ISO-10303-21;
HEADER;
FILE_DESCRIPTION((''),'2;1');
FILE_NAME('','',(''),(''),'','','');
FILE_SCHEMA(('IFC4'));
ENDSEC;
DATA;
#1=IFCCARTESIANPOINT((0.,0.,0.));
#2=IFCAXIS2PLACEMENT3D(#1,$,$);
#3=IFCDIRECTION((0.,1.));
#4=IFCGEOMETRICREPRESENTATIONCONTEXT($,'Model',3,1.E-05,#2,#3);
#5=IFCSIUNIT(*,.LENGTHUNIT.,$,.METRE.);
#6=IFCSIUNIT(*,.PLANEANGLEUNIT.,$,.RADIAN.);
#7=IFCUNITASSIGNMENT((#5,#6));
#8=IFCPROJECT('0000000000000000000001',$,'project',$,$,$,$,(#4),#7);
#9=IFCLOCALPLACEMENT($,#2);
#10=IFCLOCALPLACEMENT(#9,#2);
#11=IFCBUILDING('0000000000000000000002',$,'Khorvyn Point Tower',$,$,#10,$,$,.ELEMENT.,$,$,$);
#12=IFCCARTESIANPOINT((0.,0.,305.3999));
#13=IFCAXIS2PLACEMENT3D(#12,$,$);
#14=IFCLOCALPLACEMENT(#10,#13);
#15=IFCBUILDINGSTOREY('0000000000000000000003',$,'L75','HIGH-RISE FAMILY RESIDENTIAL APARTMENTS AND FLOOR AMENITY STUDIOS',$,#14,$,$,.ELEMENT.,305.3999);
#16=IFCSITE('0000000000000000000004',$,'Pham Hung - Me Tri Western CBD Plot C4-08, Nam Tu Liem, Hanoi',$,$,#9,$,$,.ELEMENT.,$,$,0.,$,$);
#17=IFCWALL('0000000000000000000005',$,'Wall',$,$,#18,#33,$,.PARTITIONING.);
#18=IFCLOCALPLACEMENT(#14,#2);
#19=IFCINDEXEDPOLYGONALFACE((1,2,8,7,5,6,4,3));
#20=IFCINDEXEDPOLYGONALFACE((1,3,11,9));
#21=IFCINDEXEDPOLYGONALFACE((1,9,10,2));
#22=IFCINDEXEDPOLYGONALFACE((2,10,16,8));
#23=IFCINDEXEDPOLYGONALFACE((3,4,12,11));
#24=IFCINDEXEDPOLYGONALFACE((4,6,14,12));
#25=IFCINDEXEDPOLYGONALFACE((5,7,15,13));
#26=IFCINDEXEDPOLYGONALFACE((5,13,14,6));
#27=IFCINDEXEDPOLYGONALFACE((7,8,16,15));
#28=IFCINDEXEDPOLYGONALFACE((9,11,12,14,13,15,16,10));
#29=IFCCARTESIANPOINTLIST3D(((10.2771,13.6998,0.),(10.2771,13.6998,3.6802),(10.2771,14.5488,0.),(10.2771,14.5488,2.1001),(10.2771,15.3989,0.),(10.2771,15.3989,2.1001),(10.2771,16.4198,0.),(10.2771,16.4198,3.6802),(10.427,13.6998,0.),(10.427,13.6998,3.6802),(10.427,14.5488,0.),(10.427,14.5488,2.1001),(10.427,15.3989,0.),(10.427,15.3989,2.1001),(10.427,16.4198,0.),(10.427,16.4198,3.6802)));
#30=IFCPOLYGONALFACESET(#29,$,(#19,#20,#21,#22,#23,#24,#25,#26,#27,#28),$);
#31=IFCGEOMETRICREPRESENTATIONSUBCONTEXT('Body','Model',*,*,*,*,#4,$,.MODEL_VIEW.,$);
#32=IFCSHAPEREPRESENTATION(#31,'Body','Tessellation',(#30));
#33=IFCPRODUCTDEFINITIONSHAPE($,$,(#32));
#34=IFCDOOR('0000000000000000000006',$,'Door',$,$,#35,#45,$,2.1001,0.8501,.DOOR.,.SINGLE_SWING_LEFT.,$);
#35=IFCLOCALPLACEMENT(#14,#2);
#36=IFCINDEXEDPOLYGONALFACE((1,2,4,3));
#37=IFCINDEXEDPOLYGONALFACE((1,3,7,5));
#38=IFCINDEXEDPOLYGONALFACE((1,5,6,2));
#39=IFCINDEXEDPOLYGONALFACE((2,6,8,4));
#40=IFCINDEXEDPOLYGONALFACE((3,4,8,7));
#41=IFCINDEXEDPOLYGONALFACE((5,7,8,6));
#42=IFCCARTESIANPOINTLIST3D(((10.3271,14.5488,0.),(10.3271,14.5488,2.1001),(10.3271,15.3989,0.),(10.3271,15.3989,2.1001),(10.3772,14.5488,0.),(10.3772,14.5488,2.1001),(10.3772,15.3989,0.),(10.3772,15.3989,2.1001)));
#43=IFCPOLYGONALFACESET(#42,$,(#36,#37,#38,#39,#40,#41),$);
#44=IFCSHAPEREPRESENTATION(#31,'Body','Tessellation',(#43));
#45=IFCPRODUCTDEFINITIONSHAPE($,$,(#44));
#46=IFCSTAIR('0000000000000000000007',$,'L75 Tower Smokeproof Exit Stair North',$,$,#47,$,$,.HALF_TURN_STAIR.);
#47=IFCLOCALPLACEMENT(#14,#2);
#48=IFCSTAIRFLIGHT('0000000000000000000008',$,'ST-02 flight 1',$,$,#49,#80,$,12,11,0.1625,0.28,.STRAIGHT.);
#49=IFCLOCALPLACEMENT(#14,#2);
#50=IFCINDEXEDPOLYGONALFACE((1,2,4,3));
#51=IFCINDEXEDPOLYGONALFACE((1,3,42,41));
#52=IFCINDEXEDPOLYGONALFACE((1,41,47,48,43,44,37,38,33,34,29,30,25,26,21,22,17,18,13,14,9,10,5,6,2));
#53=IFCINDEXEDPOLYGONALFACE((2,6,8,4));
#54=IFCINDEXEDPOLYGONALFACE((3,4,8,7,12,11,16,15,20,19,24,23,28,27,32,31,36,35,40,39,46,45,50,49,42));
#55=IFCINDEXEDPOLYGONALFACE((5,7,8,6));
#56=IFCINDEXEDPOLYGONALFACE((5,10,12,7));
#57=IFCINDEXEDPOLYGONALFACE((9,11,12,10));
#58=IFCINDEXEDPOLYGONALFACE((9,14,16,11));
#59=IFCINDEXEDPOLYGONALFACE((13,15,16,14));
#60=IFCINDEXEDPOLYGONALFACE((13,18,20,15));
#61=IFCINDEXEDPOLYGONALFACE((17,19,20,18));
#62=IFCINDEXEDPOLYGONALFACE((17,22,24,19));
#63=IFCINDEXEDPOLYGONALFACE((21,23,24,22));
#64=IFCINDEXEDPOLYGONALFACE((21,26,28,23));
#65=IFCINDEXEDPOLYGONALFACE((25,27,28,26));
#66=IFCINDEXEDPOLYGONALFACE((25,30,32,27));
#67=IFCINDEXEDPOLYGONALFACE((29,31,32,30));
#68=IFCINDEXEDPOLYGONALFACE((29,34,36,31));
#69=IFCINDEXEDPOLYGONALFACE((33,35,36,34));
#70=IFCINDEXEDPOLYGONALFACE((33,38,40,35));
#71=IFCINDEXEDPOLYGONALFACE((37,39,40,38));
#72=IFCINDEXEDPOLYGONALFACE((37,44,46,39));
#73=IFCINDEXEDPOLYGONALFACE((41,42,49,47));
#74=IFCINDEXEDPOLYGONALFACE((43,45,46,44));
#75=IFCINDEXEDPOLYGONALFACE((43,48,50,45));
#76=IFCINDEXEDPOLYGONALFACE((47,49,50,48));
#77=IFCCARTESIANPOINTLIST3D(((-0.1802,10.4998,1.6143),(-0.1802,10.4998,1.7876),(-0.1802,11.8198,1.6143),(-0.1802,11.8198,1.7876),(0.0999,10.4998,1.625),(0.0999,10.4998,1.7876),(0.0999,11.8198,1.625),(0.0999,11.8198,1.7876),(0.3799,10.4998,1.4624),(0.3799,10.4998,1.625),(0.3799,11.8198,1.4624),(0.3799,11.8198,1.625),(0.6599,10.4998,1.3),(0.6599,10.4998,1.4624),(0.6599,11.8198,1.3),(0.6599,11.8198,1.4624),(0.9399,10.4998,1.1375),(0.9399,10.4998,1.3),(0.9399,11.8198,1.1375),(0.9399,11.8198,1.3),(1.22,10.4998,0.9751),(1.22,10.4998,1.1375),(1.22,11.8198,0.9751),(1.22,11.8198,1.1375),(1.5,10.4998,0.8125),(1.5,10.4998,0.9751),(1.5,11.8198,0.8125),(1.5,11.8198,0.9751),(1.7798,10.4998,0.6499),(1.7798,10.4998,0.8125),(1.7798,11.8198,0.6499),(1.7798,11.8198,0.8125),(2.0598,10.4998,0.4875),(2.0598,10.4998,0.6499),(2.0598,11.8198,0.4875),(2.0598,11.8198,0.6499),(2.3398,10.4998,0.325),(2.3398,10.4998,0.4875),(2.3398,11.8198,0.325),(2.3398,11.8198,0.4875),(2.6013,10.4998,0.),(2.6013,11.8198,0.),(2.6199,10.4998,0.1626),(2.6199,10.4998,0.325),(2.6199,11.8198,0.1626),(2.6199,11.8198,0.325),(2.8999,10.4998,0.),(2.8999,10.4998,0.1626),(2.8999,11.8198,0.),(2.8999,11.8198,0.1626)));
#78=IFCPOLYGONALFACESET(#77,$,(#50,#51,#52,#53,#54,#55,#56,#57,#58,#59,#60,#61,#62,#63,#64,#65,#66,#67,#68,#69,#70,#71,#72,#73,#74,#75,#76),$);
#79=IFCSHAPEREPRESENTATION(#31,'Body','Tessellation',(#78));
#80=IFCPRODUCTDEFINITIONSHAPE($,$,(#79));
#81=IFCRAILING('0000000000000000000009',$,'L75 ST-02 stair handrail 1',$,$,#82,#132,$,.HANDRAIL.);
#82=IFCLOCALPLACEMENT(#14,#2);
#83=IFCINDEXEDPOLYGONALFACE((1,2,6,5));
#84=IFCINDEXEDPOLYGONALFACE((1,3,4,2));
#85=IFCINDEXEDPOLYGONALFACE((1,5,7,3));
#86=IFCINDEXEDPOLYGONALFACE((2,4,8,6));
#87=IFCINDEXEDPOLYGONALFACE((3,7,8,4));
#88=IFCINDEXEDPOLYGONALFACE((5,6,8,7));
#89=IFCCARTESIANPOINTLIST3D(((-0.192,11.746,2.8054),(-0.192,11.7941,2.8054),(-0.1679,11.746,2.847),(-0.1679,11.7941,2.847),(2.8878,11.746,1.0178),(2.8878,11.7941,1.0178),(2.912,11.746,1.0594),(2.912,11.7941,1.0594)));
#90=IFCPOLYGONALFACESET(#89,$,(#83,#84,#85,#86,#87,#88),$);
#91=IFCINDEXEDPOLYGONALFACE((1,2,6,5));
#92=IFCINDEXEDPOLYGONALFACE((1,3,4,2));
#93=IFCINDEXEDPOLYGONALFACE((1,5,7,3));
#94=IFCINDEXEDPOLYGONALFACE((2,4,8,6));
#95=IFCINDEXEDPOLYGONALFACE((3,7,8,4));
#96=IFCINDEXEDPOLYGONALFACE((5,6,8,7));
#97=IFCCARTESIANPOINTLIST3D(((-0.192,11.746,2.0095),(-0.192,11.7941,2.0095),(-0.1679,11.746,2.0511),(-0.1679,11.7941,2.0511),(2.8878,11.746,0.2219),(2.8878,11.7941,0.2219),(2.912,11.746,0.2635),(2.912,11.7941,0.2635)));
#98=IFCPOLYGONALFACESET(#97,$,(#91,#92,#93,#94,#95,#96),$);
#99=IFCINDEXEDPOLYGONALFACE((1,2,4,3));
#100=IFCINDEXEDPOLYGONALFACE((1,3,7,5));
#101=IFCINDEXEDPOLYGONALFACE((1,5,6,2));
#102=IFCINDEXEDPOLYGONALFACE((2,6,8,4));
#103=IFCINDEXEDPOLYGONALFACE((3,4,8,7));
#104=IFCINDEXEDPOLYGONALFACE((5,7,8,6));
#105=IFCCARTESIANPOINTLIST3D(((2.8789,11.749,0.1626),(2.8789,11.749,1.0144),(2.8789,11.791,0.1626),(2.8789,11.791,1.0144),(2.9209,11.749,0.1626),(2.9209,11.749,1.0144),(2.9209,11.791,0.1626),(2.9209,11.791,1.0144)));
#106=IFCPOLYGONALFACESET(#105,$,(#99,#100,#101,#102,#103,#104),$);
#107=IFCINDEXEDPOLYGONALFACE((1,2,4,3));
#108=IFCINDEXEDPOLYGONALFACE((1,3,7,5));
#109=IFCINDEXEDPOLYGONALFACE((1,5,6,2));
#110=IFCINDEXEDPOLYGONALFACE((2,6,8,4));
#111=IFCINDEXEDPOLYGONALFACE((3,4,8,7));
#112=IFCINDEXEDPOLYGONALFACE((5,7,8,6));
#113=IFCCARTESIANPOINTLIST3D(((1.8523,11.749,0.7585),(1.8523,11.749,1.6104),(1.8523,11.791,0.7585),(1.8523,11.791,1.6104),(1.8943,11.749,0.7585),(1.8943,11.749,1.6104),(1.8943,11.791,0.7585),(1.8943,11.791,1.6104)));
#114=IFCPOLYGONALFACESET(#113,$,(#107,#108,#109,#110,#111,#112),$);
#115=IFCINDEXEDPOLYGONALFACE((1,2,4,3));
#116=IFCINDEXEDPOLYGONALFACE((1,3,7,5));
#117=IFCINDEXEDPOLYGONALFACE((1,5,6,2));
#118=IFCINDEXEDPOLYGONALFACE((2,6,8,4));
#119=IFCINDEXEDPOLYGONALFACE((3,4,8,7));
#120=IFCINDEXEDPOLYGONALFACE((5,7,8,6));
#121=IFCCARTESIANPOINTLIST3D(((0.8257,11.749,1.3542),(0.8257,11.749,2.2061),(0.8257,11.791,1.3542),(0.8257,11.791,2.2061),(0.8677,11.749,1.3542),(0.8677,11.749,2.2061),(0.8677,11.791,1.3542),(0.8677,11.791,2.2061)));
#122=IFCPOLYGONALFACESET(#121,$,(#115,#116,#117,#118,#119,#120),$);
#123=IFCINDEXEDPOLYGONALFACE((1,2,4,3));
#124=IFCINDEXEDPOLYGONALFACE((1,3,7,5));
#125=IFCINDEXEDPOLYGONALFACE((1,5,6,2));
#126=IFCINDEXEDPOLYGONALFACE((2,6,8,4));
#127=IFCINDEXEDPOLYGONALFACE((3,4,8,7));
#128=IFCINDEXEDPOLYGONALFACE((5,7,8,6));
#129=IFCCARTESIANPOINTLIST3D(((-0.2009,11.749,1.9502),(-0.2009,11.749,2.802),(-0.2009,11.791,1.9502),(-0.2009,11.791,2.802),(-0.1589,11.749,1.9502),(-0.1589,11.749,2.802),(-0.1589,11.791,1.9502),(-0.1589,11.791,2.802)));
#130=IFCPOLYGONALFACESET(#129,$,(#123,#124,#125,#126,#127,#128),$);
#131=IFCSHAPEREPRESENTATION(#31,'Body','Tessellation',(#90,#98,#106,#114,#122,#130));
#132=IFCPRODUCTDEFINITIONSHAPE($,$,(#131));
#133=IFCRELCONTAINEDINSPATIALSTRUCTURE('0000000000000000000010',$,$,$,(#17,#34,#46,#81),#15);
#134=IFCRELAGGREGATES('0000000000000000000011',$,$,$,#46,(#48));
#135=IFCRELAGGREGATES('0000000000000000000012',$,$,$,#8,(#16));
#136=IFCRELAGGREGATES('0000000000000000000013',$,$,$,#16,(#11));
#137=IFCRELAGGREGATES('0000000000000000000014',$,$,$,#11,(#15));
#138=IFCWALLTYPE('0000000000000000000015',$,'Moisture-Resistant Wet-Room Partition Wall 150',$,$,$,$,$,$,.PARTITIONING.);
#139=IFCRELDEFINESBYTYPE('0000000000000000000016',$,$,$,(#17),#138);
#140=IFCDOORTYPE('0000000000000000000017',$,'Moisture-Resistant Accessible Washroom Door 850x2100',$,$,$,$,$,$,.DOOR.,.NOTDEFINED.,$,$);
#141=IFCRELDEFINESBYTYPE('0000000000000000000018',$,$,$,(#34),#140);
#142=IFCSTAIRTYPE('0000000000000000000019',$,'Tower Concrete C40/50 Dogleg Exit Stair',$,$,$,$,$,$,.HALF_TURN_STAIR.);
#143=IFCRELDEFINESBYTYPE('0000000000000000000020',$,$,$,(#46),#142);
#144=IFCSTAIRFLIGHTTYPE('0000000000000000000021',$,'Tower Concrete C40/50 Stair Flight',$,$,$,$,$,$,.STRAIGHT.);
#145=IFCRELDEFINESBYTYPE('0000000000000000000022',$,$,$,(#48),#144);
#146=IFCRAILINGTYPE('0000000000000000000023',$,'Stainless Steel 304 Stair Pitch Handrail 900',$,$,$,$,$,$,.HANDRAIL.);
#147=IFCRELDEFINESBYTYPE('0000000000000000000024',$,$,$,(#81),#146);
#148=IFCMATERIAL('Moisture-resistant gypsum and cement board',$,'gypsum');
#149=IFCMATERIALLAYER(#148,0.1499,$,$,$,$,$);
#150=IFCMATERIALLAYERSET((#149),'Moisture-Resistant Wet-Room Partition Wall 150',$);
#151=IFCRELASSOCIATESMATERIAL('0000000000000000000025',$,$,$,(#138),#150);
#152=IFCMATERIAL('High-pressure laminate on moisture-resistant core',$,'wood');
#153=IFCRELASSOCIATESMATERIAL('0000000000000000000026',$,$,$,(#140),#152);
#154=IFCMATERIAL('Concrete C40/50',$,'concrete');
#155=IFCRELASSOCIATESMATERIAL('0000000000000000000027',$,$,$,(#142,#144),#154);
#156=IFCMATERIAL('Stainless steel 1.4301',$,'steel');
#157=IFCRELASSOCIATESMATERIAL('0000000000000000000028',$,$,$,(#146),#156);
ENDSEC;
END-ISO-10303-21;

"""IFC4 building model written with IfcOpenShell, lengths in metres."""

from ifc_helpers import new_model, si_unit, direction, frame, frame_2d, origin, origin_2d, place, context, subcontext, project, spatial, polyline, rectangle, outline, extrude, material, layer, layer_set, type_object, element, fill, aggregate, save


model = new_model("IFC4")

# Units and contexts
model_context = context("Model", 3, precision=1e-05, world=origin(), true_north=direction((0.0, 1.0)))
body_context = subcontext(model_context, "Body", "Model", "MODEL_VIEW")
ifc_project = project(units=[si_unit("LENGTHUNIT", "METRE"), si_unit("PLANEANGLEUNIT", "RADIAN")], contexts=[model_context])

# Site, building, storey
site_placement = place(None, origin())
site = spatial("IfcSite", under=ifc_project, at=site_placement, Name="Pham Hung - Me Tri Western CBD Plot C4-08, Nam Tu Liem, Hanoi", CompositionType="ELEMENT", RefElevation=0.0)
building_placement = place(site_placement, origin())
building = spatial("IfcBuilding", under=site, at=building_placement, Name="Khorvyn Point Tower", CompositionType="ELEMENT")
storey_placement = place(building_placement, frame((0.0, 0.0, 305.3999)))
storey = spatial("IfcBuildingStorey", under=building, at=storey_placement, Name="L75", Description="HIGH-RISE FAMILY RESIDENTIAL APARTMENTS AND FLOOR AMENITY STUDIOS", CompositionType="ELEMENT", Elevation=305.3999)

# Shared definitions
ifc_material_1 = material(Name="Concrete C40/50", Category="concrete")

# Wall, opening, door
ifc_material_2 = material(Name="Moisture-resistant gypsum and cement board", Category="gypsum")
ifc_layer_1 = layer(ifc_material_2, 0.1499)
ifc_layer_set_1 = layer_set([ifc_layer_1], Name="Moisture-Resistant Wet-Room Partition Wall 150")
wall_type_1 = type_object("IfcWallType", Name="Moisture-Resistant Wet-Room Partition Wall 150", PredefinedType="PARTITIONING", material=ifc_layer_set_1)
ifc_material_3 = material(Name="High-pressure laminate on moisture-resistant core", Category="wood")
door_type_1 = type_object("IfcDoorType", Name="Moisture-Resistant Accessible Washroom Door 850x2100", OperationType="NOTDEFINED", PredefinedType="DOOR", material=ifc_material_3)
wall_1_placement = place(storey_placement, frame((10.3521, 13.7, 0.0), z_axis=(0.0, 0.0, 1.0), x_axis=(0.0, 1.0, 0.0)))
wall_1 = element("IfcWall", 1, at=wall_1_placement, inside=storey, type_object=wall_type_1, Name="Wall", PredefinedType="PARTITIONING", context=body_context, shape_type="SweptSolid", body=[
    extrude(rectangle(XDim=2.72, YDim=0.1499, at=frame_2d((1.3599, 0.0))), origin(), (0.0, 0.0, 1.0), 3.6802),
])
opening_1_placement = place(wall_1_placement, frame((0.8489, 0.0, 0.0)))
opening_1 = element("IfcOpeningElement", 2, at=opening_1_placement, cuts=wall_1, PredefinedType="OPENING", context=body_context, shape_type="SweptSolid", body=[
    extrude(rectangle(XDim=0.8501, YDim=2.1001, at=frame_2d((0.425, 1.05))), frame((0.0, 0.085, 0.0), z_axis=(0.0, -1.0, 0.0), x_axis=(1.0, 0.0, 0.0)), (0.0, 0.0, 1.0), 0.1699),
])
door_1_placement = place(opening_1_placement, origin())
door_1 = element("IfcDoor", 3, at=door_1_placement, inside=storey, type_object=door_type_1, Name="Door", OperationType="SINGLE_SWING_LEFT", OverallHeight=2.1001, OverallWidth=0.8501, PredefinedType="DOOR", context=body_context, shape_type="SweptSolid", body=[
    extrude(rectangle(XDim=0.8501, YDim=2.1001, at=frame_2d((0.425, 1.05))), frame((0.0, 0.0249, 0.0), z_axis=(0.0, -1.0, 0.0), x_axis=(1.0, 0.0, 0.0)), (0.0, 0.0, 1.0), 0.05),
])
fill(opening_1, door_1)

# Stair, stair flight
stair_type = type_object("IfcStairType", Name="Tower Concrete C40/50 Dogleg Exit Stair", PredefinedType="HALF_TURN_STAIR", material=ifc_material_1)
stair_placement = place(storey_placement, origin())
stair = element("IfcStair", 4, at=stair_placement, inside=storey, type_object=stair_type, Name="L75 Tower Smokeproof Exit Stair North", PredefinedType="HALF_TURN_STAIR")
stair_flight_type = type_object("IfcStairFlightType", Name="Tower Concrete C40/50 Stair Flight", PredefinedType="STRAIGHT", material=ifc_material_1)
stair_flight_placement = place(storey_placement, frame((2.8999, 11.1599, 0.0), z_axis=(0.0, 0.0, 1.0), x_axis=(-1.0, 0.0, 0.0)))
stair_flight = element("IfcStairFlight", 5, at=stair_flight_placement, type_object=stair_flight_type, Name="ST-02 flight 1", NumberOfRisers=12, NumberOfTreads=11, PredefinedType="STRAIGHT", RiserHeight=0.1625, TreadLength=0.28, context=body_context, shape_type="SweptSolid", body=[
    extrude(outline(polyline([(0.0, 0.0), (0.0, 0.1626), (0.28, 0.1626), (0.28, 0.325), (0.5601, 0.325), (0.5601, 0.4875), (0.8401, 0.4875), (0.8401, 0.6499), (1.1201, 0.6499), (1.1201, 0.8125), (1.3999, 0.8125), (1.3999, 0.9751), (1.6799, 0.9751), (1.6799, 1.1375), (1.96, 1.1375), (1.96, 1.3), (2.24, 1.3), (2.24, 1.4624), (2.52, 1.4624), (2.52, 1.625), (2.8, 1.625), (2.8, 1.7876), (3.0801, 1.7876), (3.0801, 1.95), (3.0801, 1.6143), (0.2986, 0.0), (0.0, 0.0)])), frame((0.0, 0.6602, 0.0), z_axis=(0.0, -1.0, 0.0), x_axis=(1.0, 0.0, 0.0)), (0.0, 0.0, 1.0), 1.3201),
])
aggregate(stair, [stair_flight])

# Railing
ifc_material_4 = material(Name="Stainless steel 1.4301", Category="steel")
railing_type = type_object("IfcRailingType", Name="Stainless Steel 304 Stair Pitch Handrail 900", PredefinedType="HANDRAIL", material=ifc_material_4)
railing_placement = place(storey_placement, frame((2.8999, 11.77, 0.1626)))
element("IfcRailing", 6, at=railing_placement, inside=storey, type_object=railing_type, Name="L75 ST-02 stair handrail 1", PredefinedType="HANDRAIL", context=body_context, shape_type="SweptSolid", body=[
    extrude(rectangle(XDim=0.0481, YDim=0.0481, at=origin_2d()), frame((0.0, 0.0, 0.876), z_axis=(-0.864873, 0.0, 0.50199), x_axis=(0.0, -1.0, 0.0)), (0.0, 0.0, 1.0), 3.561),
    extrude(rectangle(XDim=0.0481, YDim=0.0481, at=origin_2d()), frame((0.0, 0.0, 0.0801), z_axis=(-0.864873, 0.0, 0.50199), x_axis=(0.0, -1.0, 0.0)), (0.0, 0.0, 1.0), 3.561),
    extrude(rectangle(XDim=0.042, YDim=0.042, at=origin_2d()), origin(), (0.0, 0.0, 1.0), 0.8518),
    extrude(rectangle(XDim=0.042, YDim=0.042, at=origin_2d()), frame((-1.0266, 0.0, 0.5959)), (0.0, 0.0, 1.0), 0.8518),
    extrude(rectangle(XDim=0.042, YDim=0.042, at=origin_2d()), frame((-2.0532, 0.0, 1.1917)), (0.0, 0.0, 1.0), 0.8518),
    extrude(rectangle(XDim=0.042, YDim=0.042, at=origin_2d()), frame((-3.0798, 0.0, 1.7876)), (0.0, 0.0, 1.0), 0.8518),
])

save(model, "model.ifc")
